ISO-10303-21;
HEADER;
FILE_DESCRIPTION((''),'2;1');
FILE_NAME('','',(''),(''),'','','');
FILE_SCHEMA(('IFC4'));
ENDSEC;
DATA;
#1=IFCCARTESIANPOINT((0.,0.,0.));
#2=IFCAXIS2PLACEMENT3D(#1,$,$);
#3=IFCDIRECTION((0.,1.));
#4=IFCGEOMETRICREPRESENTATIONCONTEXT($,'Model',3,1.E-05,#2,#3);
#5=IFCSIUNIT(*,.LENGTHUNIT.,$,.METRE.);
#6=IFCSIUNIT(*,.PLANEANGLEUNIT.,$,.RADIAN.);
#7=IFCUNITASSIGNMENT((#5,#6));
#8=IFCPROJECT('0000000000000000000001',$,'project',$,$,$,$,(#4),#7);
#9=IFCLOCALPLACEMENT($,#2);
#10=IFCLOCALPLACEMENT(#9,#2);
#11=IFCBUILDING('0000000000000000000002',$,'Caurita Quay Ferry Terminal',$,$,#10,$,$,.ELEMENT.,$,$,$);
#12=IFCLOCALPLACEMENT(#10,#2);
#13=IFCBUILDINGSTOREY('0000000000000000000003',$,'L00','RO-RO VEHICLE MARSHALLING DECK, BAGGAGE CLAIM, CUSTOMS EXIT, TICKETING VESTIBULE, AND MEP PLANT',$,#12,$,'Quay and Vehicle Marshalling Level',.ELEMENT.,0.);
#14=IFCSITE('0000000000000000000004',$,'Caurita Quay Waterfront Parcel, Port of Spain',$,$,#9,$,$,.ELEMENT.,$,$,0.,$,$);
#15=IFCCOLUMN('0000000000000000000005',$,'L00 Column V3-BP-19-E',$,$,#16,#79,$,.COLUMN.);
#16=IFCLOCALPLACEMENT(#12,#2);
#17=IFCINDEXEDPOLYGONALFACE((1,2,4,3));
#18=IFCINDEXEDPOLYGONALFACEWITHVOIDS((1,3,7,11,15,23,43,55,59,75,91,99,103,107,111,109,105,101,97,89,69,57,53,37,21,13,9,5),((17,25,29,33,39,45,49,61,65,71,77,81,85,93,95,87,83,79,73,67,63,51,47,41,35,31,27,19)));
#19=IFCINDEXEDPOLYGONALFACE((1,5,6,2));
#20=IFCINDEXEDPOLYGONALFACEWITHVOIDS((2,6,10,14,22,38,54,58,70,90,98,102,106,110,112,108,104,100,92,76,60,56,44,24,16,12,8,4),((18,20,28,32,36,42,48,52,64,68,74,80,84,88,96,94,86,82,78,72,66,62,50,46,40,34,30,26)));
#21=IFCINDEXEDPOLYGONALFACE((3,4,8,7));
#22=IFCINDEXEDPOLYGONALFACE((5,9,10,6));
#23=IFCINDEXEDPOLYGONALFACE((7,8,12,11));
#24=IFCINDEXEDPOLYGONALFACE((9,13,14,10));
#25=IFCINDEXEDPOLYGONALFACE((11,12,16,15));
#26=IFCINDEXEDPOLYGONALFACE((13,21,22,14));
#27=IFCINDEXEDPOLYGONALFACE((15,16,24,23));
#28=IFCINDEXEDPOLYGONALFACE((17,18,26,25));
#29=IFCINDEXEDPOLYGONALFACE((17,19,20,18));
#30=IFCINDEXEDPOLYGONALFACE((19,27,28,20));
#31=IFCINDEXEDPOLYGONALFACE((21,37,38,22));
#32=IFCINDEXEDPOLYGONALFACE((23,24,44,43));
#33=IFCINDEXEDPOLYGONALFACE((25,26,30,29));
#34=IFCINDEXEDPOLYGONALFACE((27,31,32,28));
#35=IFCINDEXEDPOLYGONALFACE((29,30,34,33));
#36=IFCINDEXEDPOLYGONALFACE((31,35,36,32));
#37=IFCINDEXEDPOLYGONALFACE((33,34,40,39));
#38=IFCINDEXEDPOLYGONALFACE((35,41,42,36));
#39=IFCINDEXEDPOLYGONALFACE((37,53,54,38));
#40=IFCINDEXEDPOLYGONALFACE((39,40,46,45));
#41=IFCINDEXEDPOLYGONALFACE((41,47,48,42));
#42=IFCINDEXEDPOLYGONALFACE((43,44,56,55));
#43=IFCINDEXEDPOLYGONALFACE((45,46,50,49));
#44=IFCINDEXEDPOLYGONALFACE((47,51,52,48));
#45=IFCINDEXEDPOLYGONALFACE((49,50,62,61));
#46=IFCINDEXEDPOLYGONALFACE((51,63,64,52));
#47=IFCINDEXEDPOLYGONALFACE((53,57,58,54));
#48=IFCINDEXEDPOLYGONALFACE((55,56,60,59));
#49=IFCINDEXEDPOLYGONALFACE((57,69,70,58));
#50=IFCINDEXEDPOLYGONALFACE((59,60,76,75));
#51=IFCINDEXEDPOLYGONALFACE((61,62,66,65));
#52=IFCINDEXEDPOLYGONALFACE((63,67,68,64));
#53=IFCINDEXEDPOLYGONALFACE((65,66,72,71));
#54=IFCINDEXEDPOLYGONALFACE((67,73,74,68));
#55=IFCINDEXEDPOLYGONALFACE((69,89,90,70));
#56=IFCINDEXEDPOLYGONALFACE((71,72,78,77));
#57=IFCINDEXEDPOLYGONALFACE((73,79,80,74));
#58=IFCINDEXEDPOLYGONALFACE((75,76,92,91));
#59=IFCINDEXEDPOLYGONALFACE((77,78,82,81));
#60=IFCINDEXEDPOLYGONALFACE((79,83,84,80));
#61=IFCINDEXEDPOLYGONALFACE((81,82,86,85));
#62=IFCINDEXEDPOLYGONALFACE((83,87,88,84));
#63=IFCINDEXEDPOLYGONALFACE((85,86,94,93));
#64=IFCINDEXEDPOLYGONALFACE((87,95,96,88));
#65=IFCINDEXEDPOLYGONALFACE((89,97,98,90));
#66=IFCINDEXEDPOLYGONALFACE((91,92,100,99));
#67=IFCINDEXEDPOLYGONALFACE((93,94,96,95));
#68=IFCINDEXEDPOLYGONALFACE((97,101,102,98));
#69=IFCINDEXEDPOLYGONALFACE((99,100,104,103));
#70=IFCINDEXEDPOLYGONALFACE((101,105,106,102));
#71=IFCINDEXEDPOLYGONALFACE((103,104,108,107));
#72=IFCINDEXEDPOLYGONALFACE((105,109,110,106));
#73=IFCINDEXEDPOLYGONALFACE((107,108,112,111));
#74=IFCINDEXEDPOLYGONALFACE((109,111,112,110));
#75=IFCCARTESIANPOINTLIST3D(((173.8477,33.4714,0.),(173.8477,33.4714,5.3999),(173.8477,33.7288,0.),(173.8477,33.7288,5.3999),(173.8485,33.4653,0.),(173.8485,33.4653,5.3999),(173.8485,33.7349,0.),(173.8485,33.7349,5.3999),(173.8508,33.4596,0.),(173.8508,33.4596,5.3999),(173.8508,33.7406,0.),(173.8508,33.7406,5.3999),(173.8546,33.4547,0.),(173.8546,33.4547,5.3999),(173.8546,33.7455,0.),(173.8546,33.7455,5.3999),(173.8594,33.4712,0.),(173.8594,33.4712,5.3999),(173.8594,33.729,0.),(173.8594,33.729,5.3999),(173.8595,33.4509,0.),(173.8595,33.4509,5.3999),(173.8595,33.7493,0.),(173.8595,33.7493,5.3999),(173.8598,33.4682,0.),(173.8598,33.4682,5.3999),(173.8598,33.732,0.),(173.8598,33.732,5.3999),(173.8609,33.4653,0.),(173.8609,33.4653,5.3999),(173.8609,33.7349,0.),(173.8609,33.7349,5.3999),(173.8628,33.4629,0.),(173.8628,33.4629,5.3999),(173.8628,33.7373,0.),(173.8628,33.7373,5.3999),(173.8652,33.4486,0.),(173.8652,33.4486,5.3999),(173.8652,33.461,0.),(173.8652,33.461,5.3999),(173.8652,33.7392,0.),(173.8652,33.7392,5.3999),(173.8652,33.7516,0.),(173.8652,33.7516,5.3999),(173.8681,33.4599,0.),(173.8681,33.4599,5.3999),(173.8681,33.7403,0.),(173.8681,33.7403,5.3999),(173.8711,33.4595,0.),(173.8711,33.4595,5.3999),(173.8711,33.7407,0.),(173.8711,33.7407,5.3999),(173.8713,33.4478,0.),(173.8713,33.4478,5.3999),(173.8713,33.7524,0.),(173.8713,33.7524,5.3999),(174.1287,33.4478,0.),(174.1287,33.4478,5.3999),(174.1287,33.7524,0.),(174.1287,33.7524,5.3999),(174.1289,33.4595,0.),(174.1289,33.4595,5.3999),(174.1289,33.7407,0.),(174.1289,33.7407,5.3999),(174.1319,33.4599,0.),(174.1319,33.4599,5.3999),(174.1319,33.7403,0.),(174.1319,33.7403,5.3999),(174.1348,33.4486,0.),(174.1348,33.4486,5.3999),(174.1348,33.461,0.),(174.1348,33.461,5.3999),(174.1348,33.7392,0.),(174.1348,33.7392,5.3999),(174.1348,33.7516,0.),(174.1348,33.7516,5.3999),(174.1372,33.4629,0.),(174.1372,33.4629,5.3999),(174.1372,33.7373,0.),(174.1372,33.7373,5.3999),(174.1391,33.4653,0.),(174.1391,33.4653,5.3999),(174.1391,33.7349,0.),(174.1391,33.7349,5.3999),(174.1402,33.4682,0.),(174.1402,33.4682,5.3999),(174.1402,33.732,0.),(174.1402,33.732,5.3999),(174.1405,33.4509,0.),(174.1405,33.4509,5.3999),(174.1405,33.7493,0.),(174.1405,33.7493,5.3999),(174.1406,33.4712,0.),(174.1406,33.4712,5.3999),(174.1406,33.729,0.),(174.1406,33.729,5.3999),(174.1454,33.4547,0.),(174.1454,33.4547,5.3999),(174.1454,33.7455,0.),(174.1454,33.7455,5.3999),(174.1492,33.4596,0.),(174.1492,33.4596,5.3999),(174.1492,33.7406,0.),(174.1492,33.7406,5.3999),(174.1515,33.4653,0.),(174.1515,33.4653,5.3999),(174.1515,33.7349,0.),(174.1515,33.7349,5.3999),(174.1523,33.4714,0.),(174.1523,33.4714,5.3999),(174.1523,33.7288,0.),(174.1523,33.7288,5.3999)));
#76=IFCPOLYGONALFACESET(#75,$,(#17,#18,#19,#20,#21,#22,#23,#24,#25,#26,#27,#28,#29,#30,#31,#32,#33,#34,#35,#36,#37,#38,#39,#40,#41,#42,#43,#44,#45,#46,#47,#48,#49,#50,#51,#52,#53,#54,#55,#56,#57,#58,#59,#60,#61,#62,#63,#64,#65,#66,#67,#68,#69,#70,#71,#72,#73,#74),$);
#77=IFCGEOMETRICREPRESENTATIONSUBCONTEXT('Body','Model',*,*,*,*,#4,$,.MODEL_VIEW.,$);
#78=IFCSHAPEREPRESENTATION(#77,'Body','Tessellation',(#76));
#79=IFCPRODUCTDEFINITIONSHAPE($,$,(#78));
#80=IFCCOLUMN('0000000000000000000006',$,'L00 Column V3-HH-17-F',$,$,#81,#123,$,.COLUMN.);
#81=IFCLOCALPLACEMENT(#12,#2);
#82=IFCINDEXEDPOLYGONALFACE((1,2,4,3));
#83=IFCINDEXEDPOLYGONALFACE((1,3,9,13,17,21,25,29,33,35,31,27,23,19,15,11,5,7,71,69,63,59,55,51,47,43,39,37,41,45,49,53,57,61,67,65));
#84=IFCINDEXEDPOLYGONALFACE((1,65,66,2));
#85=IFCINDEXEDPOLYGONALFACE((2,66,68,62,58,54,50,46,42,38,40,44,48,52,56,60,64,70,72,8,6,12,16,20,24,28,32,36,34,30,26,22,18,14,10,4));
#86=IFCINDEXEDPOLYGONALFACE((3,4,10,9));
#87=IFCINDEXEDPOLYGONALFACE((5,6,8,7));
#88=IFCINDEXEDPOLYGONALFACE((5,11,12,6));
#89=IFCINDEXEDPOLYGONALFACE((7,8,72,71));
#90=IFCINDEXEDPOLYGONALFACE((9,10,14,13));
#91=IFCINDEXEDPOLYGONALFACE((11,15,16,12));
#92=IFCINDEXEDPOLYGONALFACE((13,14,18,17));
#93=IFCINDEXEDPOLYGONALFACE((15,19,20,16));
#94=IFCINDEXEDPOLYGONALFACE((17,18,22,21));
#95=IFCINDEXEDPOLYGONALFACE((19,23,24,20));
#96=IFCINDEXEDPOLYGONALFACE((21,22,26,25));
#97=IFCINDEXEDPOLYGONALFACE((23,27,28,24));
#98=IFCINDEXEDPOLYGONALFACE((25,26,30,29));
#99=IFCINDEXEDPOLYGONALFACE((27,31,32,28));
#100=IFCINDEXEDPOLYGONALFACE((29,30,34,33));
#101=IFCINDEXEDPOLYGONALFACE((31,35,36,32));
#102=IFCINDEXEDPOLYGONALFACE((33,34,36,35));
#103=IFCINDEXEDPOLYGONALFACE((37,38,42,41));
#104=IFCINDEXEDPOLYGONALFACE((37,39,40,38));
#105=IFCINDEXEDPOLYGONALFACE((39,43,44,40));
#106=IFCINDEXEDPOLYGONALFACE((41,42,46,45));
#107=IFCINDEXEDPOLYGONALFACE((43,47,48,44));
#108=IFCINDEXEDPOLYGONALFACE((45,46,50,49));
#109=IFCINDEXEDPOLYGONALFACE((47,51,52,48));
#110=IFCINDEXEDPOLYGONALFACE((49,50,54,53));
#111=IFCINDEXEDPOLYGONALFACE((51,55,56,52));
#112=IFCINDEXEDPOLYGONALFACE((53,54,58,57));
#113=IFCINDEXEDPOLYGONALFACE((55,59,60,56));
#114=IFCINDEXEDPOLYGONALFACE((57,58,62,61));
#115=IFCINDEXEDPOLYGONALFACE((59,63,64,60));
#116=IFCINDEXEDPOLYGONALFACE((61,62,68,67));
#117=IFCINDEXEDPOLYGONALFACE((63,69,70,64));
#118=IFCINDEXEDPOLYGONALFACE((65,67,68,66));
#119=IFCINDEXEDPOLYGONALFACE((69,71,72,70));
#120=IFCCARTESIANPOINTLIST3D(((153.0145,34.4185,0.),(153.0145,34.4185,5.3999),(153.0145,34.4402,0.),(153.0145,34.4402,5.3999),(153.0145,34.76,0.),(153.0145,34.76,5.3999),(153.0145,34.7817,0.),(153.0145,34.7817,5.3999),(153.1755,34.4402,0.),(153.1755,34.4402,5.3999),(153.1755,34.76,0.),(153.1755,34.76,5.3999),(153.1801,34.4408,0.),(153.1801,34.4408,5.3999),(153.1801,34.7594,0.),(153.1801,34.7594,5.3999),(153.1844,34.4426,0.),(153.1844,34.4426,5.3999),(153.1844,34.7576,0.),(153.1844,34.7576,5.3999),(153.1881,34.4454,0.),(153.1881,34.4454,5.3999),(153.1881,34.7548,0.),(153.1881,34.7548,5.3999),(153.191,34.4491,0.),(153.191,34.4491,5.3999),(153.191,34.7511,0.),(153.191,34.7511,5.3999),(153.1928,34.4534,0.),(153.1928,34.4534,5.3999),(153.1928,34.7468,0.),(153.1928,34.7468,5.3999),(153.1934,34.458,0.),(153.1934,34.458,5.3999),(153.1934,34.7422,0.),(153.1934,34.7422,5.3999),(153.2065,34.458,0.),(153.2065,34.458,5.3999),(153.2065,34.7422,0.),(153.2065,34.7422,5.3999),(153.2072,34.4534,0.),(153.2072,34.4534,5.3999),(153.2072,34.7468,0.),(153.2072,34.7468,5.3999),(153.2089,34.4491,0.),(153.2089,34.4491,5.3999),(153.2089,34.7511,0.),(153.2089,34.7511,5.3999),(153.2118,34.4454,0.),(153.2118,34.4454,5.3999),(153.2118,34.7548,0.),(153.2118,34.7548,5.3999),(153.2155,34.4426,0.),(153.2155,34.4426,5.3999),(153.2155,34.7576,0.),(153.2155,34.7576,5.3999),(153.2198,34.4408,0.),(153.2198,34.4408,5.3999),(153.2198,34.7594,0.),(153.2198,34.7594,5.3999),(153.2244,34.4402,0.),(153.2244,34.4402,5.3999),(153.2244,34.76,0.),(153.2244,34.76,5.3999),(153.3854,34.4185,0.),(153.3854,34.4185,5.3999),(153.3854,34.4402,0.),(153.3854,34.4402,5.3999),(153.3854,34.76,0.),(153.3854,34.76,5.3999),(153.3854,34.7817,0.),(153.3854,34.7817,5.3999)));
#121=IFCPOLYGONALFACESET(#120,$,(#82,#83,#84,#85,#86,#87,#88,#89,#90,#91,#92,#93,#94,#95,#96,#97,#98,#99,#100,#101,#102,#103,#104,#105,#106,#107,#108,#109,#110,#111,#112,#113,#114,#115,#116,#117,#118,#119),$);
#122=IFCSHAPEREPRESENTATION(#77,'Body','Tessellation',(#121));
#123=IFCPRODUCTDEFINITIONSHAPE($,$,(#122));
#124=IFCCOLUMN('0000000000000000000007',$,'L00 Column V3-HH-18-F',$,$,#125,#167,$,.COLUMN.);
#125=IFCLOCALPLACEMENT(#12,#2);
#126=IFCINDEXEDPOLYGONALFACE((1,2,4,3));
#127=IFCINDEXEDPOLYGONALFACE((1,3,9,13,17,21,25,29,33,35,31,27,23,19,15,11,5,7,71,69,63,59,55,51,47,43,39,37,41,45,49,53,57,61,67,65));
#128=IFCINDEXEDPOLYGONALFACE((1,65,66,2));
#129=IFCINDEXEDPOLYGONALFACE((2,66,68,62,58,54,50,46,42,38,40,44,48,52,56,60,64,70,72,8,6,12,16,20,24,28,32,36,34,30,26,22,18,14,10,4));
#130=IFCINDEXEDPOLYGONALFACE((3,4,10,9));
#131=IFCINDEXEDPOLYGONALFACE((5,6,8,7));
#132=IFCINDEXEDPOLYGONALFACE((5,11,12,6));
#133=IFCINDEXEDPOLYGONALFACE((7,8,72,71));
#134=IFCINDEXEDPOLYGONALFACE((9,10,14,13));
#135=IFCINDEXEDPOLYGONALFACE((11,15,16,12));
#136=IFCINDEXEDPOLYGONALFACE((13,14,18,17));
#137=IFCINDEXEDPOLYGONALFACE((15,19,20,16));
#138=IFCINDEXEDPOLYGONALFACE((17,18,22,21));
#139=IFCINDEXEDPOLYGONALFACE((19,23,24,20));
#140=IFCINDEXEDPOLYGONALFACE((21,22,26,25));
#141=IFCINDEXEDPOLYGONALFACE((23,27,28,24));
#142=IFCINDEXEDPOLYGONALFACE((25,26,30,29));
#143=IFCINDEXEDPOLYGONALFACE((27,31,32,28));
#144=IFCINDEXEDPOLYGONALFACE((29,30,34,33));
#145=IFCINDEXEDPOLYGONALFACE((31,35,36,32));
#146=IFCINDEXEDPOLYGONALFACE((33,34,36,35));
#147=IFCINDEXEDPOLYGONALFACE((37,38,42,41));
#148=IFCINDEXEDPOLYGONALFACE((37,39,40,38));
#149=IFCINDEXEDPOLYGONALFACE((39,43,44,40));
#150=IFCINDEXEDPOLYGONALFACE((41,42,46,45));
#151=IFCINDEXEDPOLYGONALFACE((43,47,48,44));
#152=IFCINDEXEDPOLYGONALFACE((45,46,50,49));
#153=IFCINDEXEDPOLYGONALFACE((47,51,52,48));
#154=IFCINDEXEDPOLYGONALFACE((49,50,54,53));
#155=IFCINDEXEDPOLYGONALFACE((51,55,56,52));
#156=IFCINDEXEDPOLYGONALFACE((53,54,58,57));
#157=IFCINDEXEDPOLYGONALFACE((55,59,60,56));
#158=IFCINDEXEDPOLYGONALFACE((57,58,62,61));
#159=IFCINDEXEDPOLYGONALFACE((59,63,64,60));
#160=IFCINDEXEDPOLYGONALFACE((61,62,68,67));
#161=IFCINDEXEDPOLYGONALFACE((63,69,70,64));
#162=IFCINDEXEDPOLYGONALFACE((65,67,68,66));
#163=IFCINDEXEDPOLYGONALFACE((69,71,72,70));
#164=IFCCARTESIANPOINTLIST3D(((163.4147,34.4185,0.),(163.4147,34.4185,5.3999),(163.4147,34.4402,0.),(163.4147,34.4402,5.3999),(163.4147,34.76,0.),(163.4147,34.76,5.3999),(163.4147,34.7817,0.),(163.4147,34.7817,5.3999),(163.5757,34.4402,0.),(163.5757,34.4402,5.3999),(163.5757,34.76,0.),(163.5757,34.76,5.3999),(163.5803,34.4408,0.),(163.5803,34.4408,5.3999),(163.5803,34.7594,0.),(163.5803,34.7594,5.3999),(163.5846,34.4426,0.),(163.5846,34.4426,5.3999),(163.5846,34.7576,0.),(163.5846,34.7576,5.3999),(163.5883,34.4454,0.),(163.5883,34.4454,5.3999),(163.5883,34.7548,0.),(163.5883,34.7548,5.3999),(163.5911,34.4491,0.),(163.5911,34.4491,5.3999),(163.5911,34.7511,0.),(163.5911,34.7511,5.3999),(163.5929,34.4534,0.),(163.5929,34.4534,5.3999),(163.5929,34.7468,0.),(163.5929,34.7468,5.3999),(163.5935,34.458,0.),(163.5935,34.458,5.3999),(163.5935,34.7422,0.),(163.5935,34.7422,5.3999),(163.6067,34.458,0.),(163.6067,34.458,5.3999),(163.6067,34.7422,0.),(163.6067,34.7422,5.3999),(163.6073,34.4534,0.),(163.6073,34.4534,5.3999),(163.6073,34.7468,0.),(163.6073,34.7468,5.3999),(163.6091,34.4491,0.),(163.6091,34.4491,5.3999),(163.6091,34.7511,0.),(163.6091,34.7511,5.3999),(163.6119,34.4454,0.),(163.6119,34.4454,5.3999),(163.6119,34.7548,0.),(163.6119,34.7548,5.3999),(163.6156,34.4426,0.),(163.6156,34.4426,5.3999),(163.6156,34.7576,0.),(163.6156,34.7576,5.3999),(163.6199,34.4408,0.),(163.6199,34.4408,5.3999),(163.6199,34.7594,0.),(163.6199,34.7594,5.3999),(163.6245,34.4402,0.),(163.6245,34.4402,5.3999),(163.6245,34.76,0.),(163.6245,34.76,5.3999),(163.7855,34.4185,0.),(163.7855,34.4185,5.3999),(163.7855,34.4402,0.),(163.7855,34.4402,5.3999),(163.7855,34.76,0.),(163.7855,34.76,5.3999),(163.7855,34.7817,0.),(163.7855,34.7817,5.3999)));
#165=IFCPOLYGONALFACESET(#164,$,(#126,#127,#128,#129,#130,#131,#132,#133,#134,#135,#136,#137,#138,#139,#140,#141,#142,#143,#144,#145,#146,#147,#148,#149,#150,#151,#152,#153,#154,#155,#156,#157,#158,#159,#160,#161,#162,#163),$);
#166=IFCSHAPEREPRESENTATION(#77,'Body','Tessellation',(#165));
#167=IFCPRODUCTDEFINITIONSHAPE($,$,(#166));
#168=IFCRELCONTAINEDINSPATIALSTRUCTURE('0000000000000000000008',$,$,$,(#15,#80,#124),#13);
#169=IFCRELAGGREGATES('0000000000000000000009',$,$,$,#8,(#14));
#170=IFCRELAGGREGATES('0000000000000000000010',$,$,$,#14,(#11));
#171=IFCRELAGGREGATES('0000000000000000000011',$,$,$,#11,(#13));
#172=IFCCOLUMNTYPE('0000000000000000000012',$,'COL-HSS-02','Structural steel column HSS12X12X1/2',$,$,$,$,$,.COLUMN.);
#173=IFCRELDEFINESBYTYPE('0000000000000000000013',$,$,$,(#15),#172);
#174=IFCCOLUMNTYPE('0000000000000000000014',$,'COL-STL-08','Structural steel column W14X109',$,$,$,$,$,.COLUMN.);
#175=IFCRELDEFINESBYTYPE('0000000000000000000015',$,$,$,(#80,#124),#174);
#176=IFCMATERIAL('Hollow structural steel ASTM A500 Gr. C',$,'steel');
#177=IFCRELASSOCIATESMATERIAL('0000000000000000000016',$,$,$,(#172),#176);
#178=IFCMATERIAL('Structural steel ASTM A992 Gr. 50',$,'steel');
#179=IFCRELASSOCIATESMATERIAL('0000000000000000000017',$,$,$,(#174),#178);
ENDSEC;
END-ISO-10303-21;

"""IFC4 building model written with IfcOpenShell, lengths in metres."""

from ifc_helpers import new_model, si_unit, direction, frame, origin, origin_2d, place, context, subcontext, project, spatial, hollow_rectangle, i_section, extrude, material, material_profile, profile_set, type_object, element, save


model = new_model("IFC4")

# Units and contexts
model_context = context("Model", 3, precision=1e-05, world=origin(), true_north=direction((0.0, 1.0)))
body_context = subcontext(model_context, "Body", "Model", "MODEL_VIEW")
ifc_project = project(units=[si_unit("LENGTHUNIT", "METRE"), si_unit("PLANEANGLEUNIT", "RADIAN")], contexts=[model_context])

# Site, building, storey
site_placement = place(None, origin())
site = spatial("IfcSite", under=ifc_project, at=site_placement, Name="Caurita Quay Waterfront Parcel, Port of Spain", CompositionType="ELEMENT", RefElevation=0.0)
building_placement = place(site_placement, origin())
building = spatial("IfcBuilding", under=site, at=building_placement, Name="Caurita Quay Ferry Terminal", CompositionType="ELEMENT")
storey_placement = place(building_placement, origin())
storey = spatial("IfcBuildingStorey", under=building, at=storey_placement, Name="L00", Description="RO-RO VEHICLE MARSHALLING DECK, BAGGAGE CLAIM, CUSTOMS EXIT, TICKETING VESTIBULE, AND MEP PLANT", LongName="Quay and Vehicle Marshalling Level", CompositionType="ELEMENT", Elevation=0.0)

# Columns
ifc_material_1 = material(Name="Hollow structural steel ASTM A500 Gr. C", Category="steel")
ifc_material_profile_1 = material_profile(ifc_material_1, hollow_rectangle(XDim=0.3047, YDim=0.3047, WallThickness=0.0117, InnerFilletRadius=0.0117, OuterFilletRadius=0.0237, at=origin_2d()), Name="HSS12X12X1/2")
ifc_profile_set_1 = profile_set([ifc_material_profile_1], Name="Hollow structural steel ASTM A500 Gr. C")
column_type_1 = type_object("IfcColumnType", Name="COL-HSS-02", Description="Structural steel column HSS12X12X1/2", PredefinedType="COLUMN", material=ifc_profile_set_1)
for number, where, z_axis, x_axis, name in (
    (1, (174.0, 33.6001, 0.0), (0.0, 0.0, 1.0), (1.0, 0.0, 0.0), "L00 Column V3-BP-19-E"),
):
    element("IfcColumn", number, at=place(storey_placement, frame(where, z_axis=z_axis, x_axis=x_axis)), inside=storey, type_object=column_type_1, Name=name, PredefinedType="COLUMN", context=body_context, shape_type="SweptSolid", body=[
        extrude(hollow_rectangle(XDim=0.3047, YDim=0.3047, WallThickness=0.0117, InnerFilletRadius=0.0117, OuterFilletRadius=0.0237, at=origin_2d()), origin(), (0.0, 0.0, 1.0), 5.3999),
    ])
ifc_material_2 = material(Name="Structural steel ASTM A992 Gr. 50", Category="steel")
ifc_material_profile_2 = material_profile(ifc_material_2, i_section(OverallWidth=0.3708, OverallDepth=0.3633, WebThickness=0.0132, FlangeThickness=0.0217, FilletRadius=0.0178, at=origin_2d()), Name="W14X109")
ifc_profile_set_2 = profile_set([ifc_material_profile_2], Name="Structural steel ASTM A992 Gr. 50")
column_type_2 = type_object("IfcColumnType", Name="COL-STL-08", Description="Structural steel column W14X109", PredefinedType="COLUMN", material=ifc_profile_set_2)
for number, where, z_axis, x_axis, name in (
    (2, (153.2, 34.6001, 0.0), (0.0, 0.0, 1.0), (1.0, 0.0, 0.0), "L00 Column V3-HH-17-F"),
    (3, (163.6001, 34.6001, 0.0), (0.0, 0.0, 1.0), (1.0, 0.0, 0.0), "L00 Column V3-HH-18-F"),
):
    element("IfcColumn", number, at=place(storey_placement, frame(where, z_axis=z_axis, x_axis=x_axis)), inside=storey, type_object=column_type_2, Name=name, PredefinedType="COLUMN", context=body_context, shape_type="SweptSolid", body=[
        extrude(i_section(OverallWidth=0.3708, OverallDepth=0.3633, WebThickness=0.0132, FlangeThickness=0.0217, FilletRadius=0.0178, at=origin_2d()), origin(), (0.0, 0.0, 1.0), 5.3999),
    ])

save(model, "model.ifc")
